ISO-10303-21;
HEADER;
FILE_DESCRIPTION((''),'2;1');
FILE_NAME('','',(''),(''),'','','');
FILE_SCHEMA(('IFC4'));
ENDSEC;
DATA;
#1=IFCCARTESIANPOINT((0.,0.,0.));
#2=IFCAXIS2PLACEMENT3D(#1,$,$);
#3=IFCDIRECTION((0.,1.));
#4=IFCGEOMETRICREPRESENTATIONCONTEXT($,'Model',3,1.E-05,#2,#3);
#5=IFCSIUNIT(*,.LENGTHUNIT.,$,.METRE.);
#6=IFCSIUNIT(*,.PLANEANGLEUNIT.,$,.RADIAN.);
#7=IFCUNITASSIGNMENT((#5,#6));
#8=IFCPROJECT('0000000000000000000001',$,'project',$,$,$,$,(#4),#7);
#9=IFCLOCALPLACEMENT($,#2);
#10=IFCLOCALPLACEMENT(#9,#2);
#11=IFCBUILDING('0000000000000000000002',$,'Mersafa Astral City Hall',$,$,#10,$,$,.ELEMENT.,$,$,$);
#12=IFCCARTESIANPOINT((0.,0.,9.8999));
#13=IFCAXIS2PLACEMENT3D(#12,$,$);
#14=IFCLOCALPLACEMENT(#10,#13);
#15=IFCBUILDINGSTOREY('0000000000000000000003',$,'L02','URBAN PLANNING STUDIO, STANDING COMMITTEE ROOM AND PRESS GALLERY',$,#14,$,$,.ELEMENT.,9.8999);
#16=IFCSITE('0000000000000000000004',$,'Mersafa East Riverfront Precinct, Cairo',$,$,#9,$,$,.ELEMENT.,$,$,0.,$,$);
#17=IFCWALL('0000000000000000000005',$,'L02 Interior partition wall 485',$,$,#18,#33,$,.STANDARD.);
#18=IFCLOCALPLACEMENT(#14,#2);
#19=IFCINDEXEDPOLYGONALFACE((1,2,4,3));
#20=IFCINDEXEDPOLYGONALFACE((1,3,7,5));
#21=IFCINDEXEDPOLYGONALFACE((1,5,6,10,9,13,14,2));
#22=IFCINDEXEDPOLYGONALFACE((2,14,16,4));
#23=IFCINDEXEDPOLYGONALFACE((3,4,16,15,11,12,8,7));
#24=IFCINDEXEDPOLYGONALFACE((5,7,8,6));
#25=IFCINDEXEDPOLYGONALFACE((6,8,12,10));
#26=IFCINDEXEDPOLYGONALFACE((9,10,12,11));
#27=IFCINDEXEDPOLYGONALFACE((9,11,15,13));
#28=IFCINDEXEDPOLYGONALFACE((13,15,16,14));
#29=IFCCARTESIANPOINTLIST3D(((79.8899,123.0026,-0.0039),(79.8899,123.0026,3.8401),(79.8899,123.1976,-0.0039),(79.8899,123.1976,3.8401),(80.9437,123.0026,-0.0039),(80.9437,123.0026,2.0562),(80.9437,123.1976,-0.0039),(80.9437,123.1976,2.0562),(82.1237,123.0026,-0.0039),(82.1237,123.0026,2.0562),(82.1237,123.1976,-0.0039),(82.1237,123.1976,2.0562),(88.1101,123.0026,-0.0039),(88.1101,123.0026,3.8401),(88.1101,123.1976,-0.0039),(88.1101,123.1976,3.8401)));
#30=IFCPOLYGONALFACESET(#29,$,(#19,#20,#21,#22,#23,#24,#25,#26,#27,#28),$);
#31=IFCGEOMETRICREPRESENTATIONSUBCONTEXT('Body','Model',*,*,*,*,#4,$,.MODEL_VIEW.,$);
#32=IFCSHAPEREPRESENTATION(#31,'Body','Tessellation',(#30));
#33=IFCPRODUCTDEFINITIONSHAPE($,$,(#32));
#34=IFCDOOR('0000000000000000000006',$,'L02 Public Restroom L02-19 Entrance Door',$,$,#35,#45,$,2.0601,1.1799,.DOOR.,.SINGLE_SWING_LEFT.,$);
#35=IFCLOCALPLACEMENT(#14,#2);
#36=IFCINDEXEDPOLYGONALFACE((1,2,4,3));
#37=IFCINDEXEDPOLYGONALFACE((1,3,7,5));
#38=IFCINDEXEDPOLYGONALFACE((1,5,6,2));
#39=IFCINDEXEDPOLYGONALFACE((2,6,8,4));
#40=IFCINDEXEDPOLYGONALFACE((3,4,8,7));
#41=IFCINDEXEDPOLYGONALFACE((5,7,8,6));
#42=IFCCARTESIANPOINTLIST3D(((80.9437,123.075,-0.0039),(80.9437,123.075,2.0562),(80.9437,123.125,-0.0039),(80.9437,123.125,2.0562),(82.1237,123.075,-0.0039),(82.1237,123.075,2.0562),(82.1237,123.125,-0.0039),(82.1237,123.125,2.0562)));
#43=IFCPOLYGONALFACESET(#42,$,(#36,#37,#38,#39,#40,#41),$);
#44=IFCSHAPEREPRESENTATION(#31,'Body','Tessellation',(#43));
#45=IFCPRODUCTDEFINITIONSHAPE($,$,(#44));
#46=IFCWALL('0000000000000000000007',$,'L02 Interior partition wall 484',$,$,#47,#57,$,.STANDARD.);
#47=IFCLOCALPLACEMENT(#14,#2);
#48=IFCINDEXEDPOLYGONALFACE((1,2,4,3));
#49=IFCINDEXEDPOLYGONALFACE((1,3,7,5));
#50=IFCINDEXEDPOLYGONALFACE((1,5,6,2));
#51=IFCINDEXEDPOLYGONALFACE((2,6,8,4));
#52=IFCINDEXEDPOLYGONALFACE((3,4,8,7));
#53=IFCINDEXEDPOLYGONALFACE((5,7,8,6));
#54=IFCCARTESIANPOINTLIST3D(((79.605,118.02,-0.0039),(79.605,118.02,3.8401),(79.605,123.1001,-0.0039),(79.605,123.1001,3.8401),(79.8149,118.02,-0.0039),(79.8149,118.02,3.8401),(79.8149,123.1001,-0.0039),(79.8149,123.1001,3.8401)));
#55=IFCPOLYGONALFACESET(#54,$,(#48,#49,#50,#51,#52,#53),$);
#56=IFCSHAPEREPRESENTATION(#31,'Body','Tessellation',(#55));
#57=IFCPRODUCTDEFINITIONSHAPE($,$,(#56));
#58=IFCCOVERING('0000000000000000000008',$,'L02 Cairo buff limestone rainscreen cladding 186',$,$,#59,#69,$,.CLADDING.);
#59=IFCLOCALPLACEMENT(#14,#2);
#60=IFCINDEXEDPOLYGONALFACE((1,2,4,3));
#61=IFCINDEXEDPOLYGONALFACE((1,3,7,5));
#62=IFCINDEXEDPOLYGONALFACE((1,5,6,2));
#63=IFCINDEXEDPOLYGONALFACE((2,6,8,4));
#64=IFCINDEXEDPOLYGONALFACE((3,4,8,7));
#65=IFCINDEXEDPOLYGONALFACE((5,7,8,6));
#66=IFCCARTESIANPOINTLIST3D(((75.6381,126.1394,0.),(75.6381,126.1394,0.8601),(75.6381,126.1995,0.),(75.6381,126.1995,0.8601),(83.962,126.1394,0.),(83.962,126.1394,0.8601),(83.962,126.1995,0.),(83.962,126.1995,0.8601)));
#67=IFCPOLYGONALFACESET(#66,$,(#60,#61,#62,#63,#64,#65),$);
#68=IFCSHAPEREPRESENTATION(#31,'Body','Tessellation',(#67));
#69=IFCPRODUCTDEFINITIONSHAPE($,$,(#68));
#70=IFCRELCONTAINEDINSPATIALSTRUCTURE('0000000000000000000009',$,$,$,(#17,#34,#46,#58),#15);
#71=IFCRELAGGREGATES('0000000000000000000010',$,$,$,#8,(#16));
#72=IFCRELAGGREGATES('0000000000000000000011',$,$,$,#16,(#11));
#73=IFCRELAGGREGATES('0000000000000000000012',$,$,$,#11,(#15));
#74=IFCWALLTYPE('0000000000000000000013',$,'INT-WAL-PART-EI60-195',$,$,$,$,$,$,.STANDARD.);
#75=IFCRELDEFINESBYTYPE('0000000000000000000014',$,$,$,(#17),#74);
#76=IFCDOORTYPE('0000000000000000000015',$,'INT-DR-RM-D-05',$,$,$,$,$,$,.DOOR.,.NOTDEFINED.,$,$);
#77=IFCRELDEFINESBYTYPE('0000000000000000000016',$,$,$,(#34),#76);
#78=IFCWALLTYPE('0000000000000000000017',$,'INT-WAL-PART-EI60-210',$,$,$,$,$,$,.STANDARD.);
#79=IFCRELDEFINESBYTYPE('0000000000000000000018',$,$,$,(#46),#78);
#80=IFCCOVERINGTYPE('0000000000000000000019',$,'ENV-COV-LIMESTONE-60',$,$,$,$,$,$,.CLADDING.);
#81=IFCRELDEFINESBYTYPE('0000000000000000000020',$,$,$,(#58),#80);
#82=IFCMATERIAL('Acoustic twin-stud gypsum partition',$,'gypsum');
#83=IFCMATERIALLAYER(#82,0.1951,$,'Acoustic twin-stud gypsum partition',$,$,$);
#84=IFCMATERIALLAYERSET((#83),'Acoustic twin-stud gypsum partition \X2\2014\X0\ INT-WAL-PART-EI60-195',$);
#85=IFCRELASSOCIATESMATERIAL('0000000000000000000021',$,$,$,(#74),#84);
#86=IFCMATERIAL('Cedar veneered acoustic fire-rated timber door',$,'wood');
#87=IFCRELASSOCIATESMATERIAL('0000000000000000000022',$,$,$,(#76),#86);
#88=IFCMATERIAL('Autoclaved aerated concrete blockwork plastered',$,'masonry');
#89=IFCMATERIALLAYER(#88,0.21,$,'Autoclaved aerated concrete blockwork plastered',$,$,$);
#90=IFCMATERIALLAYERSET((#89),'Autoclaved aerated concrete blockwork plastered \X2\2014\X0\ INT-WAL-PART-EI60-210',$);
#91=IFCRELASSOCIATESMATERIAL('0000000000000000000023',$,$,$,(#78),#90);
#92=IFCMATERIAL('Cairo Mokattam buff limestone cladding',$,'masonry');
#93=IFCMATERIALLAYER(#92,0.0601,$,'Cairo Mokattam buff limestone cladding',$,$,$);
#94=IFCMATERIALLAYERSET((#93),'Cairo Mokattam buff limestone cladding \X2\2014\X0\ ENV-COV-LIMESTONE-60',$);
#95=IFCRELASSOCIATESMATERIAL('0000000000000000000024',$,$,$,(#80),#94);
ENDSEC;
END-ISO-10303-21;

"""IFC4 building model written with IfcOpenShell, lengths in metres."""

from ifc_helpers import new_model, si_unit, direction, frame, frame_2d, origin, origin_2d, place, context, subcontext, project, spatial, rectangle, extrude, material, layer, layer_set, type_object, element, fill, save


model = new_model("IFC4")

# Units and contexts
model_context = context("Model", 3, precision=1e-05, world=origin(), true_north=direction((0.0, 1.0)))
body_context = subcontext(model_context, "Body", "Model", "MODEL_VIEW")
ifc_project = project(units=[si_unit("LENGTHUNIT", "METRE"), si_unit("PLANEANGLEUNIT", "RADIAN")], contexts=[model_context])

# Site, building, storey
site_placement = place(None, origin())
site = spatial("IfcSite", under=ifc_project, at=site_placement, Name="Mersafa East Riverfront Precinct, Cairo", CompositionType="ELEMENT", RefElevation=0.0)
building_placement = place(site_placement, origin())
building = spatial("IfcBuilding", under=site, at=building_placement, Name="Mersafa Astral City Hall", CompositionType="ELEMENT")
storey_placement = place(building_placement, frame((0.0, 0.0, 9.8999)))
storey = spatial("IfcBuildingStorey", under=building, at=storey_placement, Name="L02", Description="URBAN PLANNING STUDIO, STANDING COMMITTEE ROOM AND PRESS GALLERY", CompositionType="ELEMENT", Elevation=9.8999)

# Wall, opening, door
ifc_material_1 = material(Name="Acoustic twin-stud gypsum partition", Category="gypsum")
ifc_layer_1 = layer(ifc_material_1, 0.1951, Name="Acoustic twin-stud gypsum partition")
ifc_layer_set_1 = layer_set([ifc_layer_1], Name="Acoustic twin-stud gypsum partition — INT-WAL-PART-EI60-195")
wall_type_1 = type_object("IfcWallType", Name="INT-WAL-PART-EI60-195", PredefinedType="STANDARD", material=ifc_layer_set_1)
wall_1_placement = place(storey_placement, frame((79.8899, 123.1001, -0.0039), z_axis=(0.0, 0.0, 1.0), x_axis=(1.0, 0.0, 0.0)))
wall_1 = element("IfcWall", 1, at=wall_1_placement, inside=storey, type_object=wall_type_1, Name="L02 Interior partition wall 485", PredefinedType="STANDARD", context=body_context, shape_type="SweptSolid", body=[
    extrude(rectangle(XDim=8.2202, YDim=0.1951, at=frame_2d((4.1101, 0.0))), origin(), (0.0, 0.0, 1.0), 3.844),
])
opening_placement = place(wall_1_placement, frame((1.054, 0.0, 0.0)))
opening = element("IfcOpeningElement", 2, at=opening_placement, cuts=wall_1, PredefinedType="OPENING", context=body_context, shape_type="SweptSolid", body=[
    extrude(rectangle(XDim=1.1799, YDim=2.0601, at=frame_2d((0.5898, 1.03))), frame((0.0, 0.1074, 0.0), z_axis=(0.0, -1.0, 0.0), x_axis=(1.0, 0.0, 0.0)), (0.0, 0.0, 1.0), 0.2151),
])
ifc_material_2 = material(Name="Cedar veneered acoustic fire-rated timber door", Category="wood")
door_type = type_object("IfcDoorType", Name="INT-DR-RM-D-05", OperationType="NOTDEFINED", PredefinedType="DOOR", material=ifc_material_2)
door_placement = place(opening_placement, origin())
door = element("IfcDoor", 3, at=door_placement, inside=storey, type_object=door_type, Name="L02 Public Restroom L02-19 Entrance Door", OperationType="SINGLE_SWING_LEFT", OverallHeight=2.0601, OverallWidth=1.1799, PredefinedType="DOOR", context=body_context, shape_type="SweptSolid", body=[
    extrude(rectangle(XDim=1.1799, YDim=2.0601, at=frame_2d((0.5898, 1.03))), frame((0.0, 0.0249, 0.0), z_axis=(0.0, -1.0, 0.0), x_axis=(1.0, 0.0, 0.0)), (0.0, 0.0, 1.0), 0.05),
])
fill(opening, door)

# Wall
ifc_material_3 = material(Name="Autoclaved aerated concrete blockwork plastered", Category="masonry")
ifc_layer_2 = layer(ifc_material_3, 0.21, Name="Autoclaved aerated concrete blockwork plastered")
ifc_layer_set_2 = layer_set([ifc_layer_2], Name="Autoclaved aerated concrete blockwork plastered — INT-WAL-PART-EI60-210")
wall_type_2 = type_object("IfcWallType", Name="INT-WAL-PART-EI60-210", PredefinedType="STANDARD", material=ifc_layer_set_2)
wall_2_placement = place(storey_placement, frame((79.71, 123.1001, -0.0039), z_axis=(0.0, 0.0, 1.0), x_axis=(0.0, -1.0, 0.0)))
element("IfcWall", 4, at=wall_2_placement, inside=storey, type_object=wall_type_2, Name="L02 Interior partition wall 484", PredefinedType="STANDARD", context=body_context, shape_type="SweptSolid", body=[
    extrude(rectangle(XDim=5.0801, YDim=0.21, at=frame_2d((2.54, 0.0))), origin(), (0.0, 0.0, 1.0), 3.844),
])

# Covering
ifc_material_4 = material(Name="Cairo Mokattam buff limestone cladding", Category="masonry")
ifc_layer_3 = layer(ifc_material_4, 0.0601, Name="Cairo Mokattam buff limestone cladding")
ifc_layer_set_3 = layer_set([ifc_layer_3], Name="Cairo Mokattam buff limestone cladding — ENV-COV-LIMESTONE-60")
covering_type = type_object("IfcCoveringType", Name="ENV-COV-LIMESTONE-60", PredefinedType="CLADDING", material=ifc_layer_set_3)
covering_placement = place(storey_placement, frame((79.8, 126.1694, 0.0), z_axis=(0.0, 0.0, 1.0), x_axis=(-1.0, 0.0, 0.0)))
element("IfcCovering", 5, at=covering_placement, inside=storey, type_object=covering_type, Name="L02 Cairo buff limestone rainscreen cladding 186", PredefinedType="CLADDING", context=body_context, shape_type="SweptSolid", body=[
    extrude(rectangle(XDim=8.324, YDim=0.0601, at=origin_2d()), origin(), (0.0, 0.0, 1.0), 0.8601),
])

save(model, "model.ifc")
